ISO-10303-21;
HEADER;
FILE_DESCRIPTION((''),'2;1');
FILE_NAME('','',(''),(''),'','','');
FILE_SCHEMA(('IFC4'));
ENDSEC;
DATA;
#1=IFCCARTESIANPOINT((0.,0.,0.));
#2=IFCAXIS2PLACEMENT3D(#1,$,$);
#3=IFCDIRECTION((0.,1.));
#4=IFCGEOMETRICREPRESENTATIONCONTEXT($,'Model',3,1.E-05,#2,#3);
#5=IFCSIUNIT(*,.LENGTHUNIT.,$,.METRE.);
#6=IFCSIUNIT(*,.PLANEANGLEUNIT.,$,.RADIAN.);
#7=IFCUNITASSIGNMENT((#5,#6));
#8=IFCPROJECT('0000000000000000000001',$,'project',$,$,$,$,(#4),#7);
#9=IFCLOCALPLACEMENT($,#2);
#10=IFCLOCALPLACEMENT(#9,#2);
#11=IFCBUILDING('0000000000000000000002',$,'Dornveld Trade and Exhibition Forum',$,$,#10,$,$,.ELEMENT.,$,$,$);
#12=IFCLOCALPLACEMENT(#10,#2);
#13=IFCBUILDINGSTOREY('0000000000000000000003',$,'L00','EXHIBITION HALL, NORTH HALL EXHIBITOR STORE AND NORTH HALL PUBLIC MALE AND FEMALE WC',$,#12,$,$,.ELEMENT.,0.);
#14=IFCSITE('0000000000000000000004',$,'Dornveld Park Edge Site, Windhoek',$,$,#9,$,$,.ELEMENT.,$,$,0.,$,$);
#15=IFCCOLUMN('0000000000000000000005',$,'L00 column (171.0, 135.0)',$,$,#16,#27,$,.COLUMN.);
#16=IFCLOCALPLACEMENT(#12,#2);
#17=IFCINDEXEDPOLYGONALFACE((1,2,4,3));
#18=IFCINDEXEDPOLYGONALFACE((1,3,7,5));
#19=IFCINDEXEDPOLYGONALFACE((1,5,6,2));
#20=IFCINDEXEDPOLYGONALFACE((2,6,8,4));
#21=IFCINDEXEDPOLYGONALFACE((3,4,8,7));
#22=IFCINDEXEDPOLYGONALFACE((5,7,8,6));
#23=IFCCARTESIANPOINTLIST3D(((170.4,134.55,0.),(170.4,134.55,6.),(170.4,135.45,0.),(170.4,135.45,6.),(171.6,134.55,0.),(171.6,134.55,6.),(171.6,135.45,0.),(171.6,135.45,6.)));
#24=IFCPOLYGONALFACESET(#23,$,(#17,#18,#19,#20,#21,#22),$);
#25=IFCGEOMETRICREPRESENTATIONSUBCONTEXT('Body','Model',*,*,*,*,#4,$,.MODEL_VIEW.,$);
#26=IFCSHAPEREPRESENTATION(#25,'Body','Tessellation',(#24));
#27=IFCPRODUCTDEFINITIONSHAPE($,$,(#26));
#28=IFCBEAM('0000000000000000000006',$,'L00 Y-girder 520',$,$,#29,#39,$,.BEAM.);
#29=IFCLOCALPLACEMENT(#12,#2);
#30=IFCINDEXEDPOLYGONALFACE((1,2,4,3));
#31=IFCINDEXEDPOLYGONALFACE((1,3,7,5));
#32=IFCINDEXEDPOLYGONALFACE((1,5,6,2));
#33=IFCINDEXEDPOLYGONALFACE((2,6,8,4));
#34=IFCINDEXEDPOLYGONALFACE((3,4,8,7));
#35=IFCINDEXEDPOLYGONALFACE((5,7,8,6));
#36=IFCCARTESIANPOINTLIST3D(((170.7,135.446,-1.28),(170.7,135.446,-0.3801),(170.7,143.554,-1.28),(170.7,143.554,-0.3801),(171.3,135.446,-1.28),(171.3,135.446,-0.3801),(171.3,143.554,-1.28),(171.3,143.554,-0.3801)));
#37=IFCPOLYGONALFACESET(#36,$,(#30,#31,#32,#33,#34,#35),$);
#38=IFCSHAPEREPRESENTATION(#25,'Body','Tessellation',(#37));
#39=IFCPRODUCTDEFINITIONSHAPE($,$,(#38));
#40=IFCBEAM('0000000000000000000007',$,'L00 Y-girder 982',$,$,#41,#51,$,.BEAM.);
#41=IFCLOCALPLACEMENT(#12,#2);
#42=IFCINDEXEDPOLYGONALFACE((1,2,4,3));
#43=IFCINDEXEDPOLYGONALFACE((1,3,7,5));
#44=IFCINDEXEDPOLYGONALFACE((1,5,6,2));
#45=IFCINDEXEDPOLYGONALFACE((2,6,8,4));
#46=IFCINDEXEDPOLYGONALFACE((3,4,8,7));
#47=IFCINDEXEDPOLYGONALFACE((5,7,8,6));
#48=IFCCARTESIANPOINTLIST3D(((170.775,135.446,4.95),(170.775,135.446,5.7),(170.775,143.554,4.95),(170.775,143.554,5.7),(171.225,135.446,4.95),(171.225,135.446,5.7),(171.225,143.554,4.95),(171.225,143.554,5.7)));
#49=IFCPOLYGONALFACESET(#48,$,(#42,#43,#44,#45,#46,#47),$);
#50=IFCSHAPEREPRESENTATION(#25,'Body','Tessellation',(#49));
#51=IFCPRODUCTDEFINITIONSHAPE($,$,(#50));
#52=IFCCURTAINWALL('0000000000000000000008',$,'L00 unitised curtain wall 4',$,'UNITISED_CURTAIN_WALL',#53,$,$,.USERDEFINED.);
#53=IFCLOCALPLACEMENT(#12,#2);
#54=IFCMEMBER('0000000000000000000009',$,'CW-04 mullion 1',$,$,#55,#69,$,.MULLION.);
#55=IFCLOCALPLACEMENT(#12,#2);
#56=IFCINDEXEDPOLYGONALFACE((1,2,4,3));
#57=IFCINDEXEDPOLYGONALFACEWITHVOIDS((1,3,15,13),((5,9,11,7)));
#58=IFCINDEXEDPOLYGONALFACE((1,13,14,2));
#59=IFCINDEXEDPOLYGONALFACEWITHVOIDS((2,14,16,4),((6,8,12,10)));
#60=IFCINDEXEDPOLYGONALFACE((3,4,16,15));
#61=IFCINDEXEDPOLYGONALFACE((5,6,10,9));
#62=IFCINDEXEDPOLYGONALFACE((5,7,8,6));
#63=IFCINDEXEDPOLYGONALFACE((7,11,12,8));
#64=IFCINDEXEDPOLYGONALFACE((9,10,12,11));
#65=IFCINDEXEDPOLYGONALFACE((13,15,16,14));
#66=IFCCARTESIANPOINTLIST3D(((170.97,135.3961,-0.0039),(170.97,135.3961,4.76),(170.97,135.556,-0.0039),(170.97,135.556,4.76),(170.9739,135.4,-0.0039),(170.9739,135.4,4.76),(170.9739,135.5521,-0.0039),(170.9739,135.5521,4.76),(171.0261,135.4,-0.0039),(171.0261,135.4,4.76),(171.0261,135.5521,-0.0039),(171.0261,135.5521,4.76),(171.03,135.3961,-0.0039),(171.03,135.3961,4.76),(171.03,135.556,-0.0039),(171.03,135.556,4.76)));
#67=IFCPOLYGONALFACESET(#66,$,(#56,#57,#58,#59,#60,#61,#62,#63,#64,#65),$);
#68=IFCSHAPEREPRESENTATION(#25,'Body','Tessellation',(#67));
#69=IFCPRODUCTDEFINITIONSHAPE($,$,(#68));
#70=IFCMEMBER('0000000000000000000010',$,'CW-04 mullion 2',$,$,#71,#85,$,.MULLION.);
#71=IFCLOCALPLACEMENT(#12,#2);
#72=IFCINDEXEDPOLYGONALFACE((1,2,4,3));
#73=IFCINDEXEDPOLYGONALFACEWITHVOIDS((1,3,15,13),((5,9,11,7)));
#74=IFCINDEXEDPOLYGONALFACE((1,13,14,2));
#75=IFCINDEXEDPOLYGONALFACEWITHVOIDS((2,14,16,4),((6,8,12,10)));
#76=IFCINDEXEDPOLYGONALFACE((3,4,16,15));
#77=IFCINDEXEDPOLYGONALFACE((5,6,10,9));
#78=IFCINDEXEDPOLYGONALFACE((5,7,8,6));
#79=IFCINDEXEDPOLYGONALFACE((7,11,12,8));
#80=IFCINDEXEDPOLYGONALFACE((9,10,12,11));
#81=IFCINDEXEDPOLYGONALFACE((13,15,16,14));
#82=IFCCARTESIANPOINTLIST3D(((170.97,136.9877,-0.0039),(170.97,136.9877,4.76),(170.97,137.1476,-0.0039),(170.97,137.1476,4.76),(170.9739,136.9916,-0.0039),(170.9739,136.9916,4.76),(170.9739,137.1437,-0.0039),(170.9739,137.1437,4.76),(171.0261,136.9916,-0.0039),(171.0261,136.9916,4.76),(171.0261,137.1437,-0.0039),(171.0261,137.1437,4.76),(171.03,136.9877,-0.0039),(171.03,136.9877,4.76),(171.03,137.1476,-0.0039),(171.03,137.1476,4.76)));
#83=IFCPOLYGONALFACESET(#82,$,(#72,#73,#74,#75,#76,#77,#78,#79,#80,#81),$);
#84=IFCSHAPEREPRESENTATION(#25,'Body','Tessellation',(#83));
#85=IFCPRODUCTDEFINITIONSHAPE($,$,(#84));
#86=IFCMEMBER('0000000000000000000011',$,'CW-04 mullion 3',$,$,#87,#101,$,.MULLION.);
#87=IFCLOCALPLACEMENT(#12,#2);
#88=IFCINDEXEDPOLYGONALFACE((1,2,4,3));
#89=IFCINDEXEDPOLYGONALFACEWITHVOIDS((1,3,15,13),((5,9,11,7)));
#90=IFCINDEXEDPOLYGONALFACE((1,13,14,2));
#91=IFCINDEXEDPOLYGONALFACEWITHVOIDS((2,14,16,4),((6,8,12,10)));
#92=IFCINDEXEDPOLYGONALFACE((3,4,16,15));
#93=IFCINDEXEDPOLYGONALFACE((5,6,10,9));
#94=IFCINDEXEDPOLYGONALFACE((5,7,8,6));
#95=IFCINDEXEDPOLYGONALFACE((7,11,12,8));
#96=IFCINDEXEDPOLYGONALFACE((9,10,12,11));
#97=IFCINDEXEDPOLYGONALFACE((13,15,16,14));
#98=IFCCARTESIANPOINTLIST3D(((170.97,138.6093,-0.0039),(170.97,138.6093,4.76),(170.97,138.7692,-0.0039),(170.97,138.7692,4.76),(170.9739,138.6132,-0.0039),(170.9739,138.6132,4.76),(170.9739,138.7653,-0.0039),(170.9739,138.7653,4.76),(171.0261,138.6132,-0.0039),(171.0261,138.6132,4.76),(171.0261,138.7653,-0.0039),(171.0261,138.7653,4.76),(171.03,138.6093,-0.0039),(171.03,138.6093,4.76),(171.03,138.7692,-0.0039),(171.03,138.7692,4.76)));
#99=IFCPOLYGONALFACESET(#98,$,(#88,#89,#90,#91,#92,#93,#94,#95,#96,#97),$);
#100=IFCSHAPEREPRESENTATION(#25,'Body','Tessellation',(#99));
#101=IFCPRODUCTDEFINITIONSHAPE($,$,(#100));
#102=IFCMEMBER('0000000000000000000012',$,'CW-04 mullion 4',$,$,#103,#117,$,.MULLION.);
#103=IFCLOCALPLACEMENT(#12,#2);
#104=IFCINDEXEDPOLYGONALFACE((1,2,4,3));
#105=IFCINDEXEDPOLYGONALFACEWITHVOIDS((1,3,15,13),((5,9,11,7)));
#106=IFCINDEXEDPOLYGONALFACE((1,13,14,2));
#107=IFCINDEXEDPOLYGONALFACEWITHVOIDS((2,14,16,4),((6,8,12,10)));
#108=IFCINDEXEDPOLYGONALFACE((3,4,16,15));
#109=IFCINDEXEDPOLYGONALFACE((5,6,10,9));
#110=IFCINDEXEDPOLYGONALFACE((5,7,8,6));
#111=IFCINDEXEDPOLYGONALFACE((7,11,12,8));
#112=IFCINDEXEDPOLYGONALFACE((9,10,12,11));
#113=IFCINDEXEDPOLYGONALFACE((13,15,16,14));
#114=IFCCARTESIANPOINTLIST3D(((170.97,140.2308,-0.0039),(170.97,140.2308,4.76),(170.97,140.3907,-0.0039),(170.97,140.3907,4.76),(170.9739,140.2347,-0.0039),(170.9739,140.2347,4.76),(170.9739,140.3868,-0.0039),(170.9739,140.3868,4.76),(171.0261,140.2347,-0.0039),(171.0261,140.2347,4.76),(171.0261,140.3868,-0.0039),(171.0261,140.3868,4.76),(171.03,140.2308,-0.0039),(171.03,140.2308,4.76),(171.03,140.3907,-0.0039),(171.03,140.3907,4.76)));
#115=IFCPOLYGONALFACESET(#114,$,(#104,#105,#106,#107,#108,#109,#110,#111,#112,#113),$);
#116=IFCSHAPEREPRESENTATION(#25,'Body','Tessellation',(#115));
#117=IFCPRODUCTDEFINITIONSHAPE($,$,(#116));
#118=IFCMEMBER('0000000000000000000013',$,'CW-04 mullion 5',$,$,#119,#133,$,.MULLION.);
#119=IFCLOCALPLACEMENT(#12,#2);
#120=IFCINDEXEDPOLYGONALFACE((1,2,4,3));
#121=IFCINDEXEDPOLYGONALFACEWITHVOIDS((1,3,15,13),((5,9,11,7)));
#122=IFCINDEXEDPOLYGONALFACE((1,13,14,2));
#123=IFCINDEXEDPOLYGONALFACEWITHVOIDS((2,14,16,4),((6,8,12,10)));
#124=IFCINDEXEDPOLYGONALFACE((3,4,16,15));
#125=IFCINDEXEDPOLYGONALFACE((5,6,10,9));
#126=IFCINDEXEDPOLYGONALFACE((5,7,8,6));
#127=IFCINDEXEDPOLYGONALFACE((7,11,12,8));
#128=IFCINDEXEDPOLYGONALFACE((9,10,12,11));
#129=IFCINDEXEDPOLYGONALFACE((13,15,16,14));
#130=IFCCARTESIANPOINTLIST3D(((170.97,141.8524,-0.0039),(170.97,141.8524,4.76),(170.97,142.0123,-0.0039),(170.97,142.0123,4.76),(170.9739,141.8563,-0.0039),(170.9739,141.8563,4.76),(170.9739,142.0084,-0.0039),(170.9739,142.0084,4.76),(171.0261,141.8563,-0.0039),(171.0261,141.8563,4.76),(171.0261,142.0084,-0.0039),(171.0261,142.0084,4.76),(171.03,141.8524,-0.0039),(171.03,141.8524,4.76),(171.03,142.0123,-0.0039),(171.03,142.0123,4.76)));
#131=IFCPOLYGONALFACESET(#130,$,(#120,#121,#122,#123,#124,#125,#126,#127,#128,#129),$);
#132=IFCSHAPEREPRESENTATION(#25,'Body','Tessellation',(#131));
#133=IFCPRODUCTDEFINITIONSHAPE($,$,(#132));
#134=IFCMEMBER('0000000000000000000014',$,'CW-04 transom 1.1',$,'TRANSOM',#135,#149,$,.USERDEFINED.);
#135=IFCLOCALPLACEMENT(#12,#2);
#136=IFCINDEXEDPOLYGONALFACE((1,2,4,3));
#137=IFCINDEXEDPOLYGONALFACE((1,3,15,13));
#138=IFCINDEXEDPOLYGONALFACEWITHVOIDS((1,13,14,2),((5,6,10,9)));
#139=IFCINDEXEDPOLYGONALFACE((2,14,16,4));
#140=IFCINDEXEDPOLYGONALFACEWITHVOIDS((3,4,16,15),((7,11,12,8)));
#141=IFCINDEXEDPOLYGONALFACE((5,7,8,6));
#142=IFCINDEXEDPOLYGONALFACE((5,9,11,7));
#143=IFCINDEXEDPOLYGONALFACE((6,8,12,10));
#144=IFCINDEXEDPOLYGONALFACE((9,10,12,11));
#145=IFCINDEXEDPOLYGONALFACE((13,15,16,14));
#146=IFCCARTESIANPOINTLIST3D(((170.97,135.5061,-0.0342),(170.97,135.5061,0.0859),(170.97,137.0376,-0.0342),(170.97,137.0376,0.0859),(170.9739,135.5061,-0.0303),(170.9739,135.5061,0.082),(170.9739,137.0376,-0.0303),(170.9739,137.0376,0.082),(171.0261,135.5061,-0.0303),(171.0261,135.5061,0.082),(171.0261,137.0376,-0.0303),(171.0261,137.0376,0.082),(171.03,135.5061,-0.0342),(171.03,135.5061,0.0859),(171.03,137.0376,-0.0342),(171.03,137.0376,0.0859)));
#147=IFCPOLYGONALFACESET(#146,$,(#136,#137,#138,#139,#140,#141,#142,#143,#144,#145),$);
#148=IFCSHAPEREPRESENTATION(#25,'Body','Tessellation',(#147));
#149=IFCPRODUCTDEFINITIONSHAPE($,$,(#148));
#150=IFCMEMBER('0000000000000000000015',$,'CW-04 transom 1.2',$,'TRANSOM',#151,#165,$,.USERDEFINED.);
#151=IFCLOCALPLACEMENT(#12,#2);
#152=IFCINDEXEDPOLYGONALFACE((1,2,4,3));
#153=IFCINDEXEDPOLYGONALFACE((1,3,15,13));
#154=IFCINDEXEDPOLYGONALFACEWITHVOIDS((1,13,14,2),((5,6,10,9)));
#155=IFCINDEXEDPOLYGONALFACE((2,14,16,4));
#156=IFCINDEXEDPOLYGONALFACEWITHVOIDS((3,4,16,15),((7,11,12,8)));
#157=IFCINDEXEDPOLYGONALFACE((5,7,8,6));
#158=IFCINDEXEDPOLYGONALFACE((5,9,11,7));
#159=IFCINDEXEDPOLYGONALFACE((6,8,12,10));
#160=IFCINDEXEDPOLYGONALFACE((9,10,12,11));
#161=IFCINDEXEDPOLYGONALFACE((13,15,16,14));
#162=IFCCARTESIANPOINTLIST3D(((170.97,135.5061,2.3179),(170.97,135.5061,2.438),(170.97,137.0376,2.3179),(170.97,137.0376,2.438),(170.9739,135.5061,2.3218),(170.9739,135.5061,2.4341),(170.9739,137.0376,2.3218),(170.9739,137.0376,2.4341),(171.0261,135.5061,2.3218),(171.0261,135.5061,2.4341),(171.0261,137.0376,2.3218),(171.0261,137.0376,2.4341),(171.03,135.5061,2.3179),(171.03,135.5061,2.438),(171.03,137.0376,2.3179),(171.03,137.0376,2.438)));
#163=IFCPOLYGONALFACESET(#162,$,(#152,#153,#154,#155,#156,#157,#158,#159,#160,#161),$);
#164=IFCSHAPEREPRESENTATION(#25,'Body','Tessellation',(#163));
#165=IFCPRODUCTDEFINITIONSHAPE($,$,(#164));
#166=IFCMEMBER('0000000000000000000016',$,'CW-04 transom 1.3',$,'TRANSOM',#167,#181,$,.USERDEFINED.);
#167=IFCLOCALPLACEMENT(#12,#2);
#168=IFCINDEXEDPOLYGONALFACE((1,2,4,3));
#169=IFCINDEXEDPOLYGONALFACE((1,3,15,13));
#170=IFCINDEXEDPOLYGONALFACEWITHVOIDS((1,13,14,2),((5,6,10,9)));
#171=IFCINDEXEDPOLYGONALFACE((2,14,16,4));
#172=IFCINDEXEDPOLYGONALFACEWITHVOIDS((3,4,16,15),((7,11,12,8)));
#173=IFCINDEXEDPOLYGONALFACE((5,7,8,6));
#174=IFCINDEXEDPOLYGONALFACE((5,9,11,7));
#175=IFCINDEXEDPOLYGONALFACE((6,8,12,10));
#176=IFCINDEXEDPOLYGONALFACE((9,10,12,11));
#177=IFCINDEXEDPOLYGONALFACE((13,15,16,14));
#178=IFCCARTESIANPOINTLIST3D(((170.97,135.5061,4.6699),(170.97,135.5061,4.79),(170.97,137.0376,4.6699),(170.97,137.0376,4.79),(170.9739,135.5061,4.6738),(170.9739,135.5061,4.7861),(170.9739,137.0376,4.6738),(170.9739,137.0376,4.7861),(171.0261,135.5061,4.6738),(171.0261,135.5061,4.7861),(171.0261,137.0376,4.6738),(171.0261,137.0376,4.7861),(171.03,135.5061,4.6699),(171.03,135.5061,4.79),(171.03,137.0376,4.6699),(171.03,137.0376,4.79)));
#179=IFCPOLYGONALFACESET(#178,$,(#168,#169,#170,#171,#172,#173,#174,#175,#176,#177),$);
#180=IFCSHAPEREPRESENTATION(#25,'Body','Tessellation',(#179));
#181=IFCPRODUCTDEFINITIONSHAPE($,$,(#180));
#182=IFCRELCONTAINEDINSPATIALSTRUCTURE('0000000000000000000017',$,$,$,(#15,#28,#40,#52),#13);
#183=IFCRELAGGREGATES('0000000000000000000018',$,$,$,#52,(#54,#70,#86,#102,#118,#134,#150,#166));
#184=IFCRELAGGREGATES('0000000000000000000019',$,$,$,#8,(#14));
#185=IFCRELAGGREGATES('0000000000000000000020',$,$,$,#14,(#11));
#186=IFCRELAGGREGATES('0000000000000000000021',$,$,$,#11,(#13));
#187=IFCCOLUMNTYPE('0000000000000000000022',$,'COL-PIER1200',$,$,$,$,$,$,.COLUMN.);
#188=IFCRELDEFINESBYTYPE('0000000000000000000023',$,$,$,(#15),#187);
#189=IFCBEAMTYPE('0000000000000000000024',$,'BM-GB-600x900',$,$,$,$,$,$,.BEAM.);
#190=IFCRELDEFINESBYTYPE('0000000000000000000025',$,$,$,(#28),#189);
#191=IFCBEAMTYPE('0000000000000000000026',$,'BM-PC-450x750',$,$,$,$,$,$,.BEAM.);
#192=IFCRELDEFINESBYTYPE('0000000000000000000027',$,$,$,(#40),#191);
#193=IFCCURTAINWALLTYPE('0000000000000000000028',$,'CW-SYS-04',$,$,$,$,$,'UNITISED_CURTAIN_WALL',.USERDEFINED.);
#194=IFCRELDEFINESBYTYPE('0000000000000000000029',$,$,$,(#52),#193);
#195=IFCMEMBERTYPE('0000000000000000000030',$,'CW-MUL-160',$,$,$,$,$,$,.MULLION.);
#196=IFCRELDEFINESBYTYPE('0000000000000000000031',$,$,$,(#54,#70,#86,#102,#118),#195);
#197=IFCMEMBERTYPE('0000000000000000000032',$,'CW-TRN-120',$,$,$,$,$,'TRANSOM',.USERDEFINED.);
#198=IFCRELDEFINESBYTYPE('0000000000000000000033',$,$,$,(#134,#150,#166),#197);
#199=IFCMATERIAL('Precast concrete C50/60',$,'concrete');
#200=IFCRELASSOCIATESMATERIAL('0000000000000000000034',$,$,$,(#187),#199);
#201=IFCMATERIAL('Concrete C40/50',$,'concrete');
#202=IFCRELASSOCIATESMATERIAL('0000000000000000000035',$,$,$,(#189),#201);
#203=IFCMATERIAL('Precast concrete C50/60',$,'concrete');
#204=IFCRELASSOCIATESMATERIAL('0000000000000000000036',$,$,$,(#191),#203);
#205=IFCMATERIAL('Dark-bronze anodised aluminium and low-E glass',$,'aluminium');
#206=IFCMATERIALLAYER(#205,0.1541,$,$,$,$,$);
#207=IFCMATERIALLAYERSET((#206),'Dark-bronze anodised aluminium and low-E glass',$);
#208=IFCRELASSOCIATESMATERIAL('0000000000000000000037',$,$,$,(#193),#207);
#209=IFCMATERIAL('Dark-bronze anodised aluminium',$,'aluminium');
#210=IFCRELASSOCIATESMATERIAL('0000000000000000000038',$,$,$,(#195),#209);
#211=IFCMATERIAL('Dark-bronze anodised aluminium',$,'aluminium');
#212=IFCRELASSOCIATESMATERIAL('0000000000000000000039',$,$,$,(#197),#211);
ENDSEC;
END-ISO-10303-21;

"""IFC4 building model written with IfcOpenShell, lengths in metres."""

from ifc_helpers import new_model, si_unit, direction, frame, origin, origin_2d, place, context, subcontext, project, spatial, rectangle, hollow_rectangle, extrude, material, layer, layer_set, material_profile, profile_set, type_object, element, aggregate, save


model = new_model("IFC4")

# Units and contexts
model_context = context("Model", 3, precision=1e-05, world=origin(), true_north=direction((0.0, 1.0)))
body_context = subcontext(model_context, "Body", "Model", "MODEL_VIEW")
ifc_project = project(units=[si_unit("LENGTHUNIT", "METRE"), si_unit("PLANEANGLEUNIT", "RADIAN")], contexts=[model_context])

# Site, building, storey
site_placement = place(None, origin())
site = spatial("IfcSite", under=ifc_project, at=site_placement, Name="Dornveld Park Edge Site, Windhoek", CompositionType="ELEMENT", RefElevation=0.0)
building_placement = place(site_placement, origin())
building = spatial("IfcBuilding", under=site, at=building_placement, Name="Dornveld Trade and Exhibition Forum", CompositionType="ELEMENT")
storey_placement = place(building_placement, origin())
storey = spatial("IfcBuildingStorey", under=building, at=storey_placement, Name="L00", Description="EXHIBITION HALL, NORTH HALL EXHIBITOR STORE AND NORTH HALL PUBLIC MALE AND FEMALE WC", CompositionType="ELEMENT", Elevation=0.0)

# Column
ifc_material_1 = material(Name="Precast concrete C50/60", Category="concrete")
ifc_material_profile_1 = material_profile(ifc_material_1, rectangle(XDim=1.2, YDim=0.8999, at=origin_2d()), Name="PC-PIER 1200x900")
ifc_profile_set_1 = profile_set([ifc_material_profile_1], Name="Precast concrete C50/60")
column_type = type_object("IfcColumnType", Name="COL-PIER1200", PredefinedType="COLUMN", material=ifc_profile_set_1)
column_placement = place(storey_placement, frame((171.0, 135.0, 0.0), z_axis=(0.0, 0.0, 1.0), x_axis=(1.0, 0.0, 0.0)))
element("IfcColumn", 1, at=column_placement, inside=storey, type_object=column_type, Name="L00 column (171.0, 135.0)", PredefinedType="COLUMN", context=body_context, shape_type="SweptSolid", body=[
    extrude(rectangle(XDim=1.2, YDim=0.8999, at=origin_2d()), origin(), (0.0, 0.0, 1.0), 6.0),
])

# Beams
ifc_material_2 = material(Name="Concrete C40/50", Category="concrete")
ifc_material_profile_2 = material_profile(ifc_material_2, rectangle(XDim=0.6001, YDim=0.8999, at=origin_2d()), Name="RC-GB 600x900")
ifc_profile_set_2 = profile_set([ifc_material_profile_2], Name="Concrete C40/50")
beam_type_1 = type_object("IfcBeamType", Name="BM-GB-600x900", PredefinedType="BEAM", material=ifc_profile_set_2)
beam_1_placement = place(storey_placement, frame((171.0, 135.446, -0.8301), z_axis=(0.0, 1.0, 0.0), x_axis=(-1.0, 0.0, 0.0)))
element("IfcBeam", 2, at=beam_1_placement, inside=storey, type_object=beam_type_1, Name="L00 Y-girder 520", PredefinedType="BEAM", context=body_context, shape_type="SweptSolid", body=[
    extrude(rectangle(XDim=0.6001, YDim=0.8999, at=origin_2d()), origin(), (0.0, 0.0, 1.0), 8.1079),
])
ifc_material_3 = material(Name="Precast concrete C50/60", Category="concrete")
ifc_material_profile_3 = material_profile(ifc_material_3, rectangle(XDim=0.45, YDim=0.75, at=origin_2d()), Name="PC-BM 450x750")
ifc_profile_set_3 = profile_set([ifc_material_profile_3], Name="Precast concrete C50/60")
beam_type_2 = type_object("IfcBeamType", Name="BM-PC-450x750", PredefinedType="BEAM", material=ifc_profile_set_3)
beam_2_placement = place(storey_placement, frame((171.0, 135.446, 5.325), z_axis=(0.0, 1.0, 0.0), x_axis=(-1.0, 0.0, 0.0)))
element("IfcBeam", 3, at=beam_2_placement, inside=storey, type_object=beam_type_2, Name="L00 Y-girder 982", PredefinedType="BEAM", context=body_context, shape_type="SweptSolid", body=[
    extrude(rectangle(XDim=0.45, YDim=0.75, at=origin_2d()), origin(), (0.0, 0.0, 1.0), 8.1079),
])

# Curtain wall, members
ifc_material_4 = material(Name="Dark-bronze anodised aluminium and low-E glass", Category="aluminium")
ifc_layer_1 = layer(ifc_material_4, 0.1541)
ifc_layer_set_1 = layer_set([ifc_layer_1], Name="Dark-bronze anodised aluminium and low-E glass")
curtain_wall_type = type_object("IfcCurtainWallType", Name="CW-SYS-04", ElementType="UNITISED_CURTAIN_WALL", PredefinedType="USERDEFINED", material=ifc_layer_set_1)
curtain_wall_placement = place(storey_placement, origin())
curtain_wall = element("IfcCurtainWall", 4, at=curtain_wall_placement, inside=storey, type_object=curtain_wall_type, Name="L00 unitised curtain wall 4", ObjectType="UNITISED_CURTAIN_WALL", PredefinedType="USERDEFINED")
ifc_material_5 = material(Name="Dark-bronze anodised aluminium", Category="aluminium")
ifc_material_profile_4 = material_profile(ifc_material_5, hollow_rectangle(XDim=0.0601, YDim=0.1599, WallThickness=0.0039, at=origin_2d()), Name="RHS 160x60x4")
ifc_profile_set_4 = profile_set([ifc_material_profile_4], Name="Dark-bronze anodised aluminium")
member_type_1 = type_object("IfcMemberType", Name="CW-MUL-160", PredefinedType="MULLION", material=ifc_profile_set_4)
member_1_placement = place(storey_placement, frame((171.0, 135.4761, -0.0039), z_axis=(0.0, 0.0, 1.0), x_axis=(-1.0, 0.0, 0.0)))
member_1 = element("IfcMember", 5, at=member_1_placement, type_object=member_type_1, Name="CW-04 mullion 1", PredefinedType="MULLION", context=body_context, shape_type="SweptSolid", body=[
    extrude(hollow_rectangle(XDim=0.0601, YDim=0.1599, WallThickness=0.0039, at=origin_2d()), origin(), (0.0, 0.0, 1.0), 4.7639),
])
member_2_placement = place(storey_placement, frame((171.0, 137.0676, -0.0039), z_axis=(0.0, 0.0, 1.0), x_axis=(-1.0, 0.0, 0.0)))
member_2 = element("IfcMember", 6, at=member_2_placement, type_object=member_type_1, Name="CW-04 mullion 2", PredefinedType="MULLION", context=body_context, shape_type="SweptSolid", body=[
    extrude(hollow_rectangle(XDim=0.0601, YDim=0.1599, WallThickness=0.0039, at=origin_2d()), origin(), (0.0, 0.0, 1.0), 4.7639),
])
member_3_placement = place(storey_placement, frame((171.0, 138.6892, -0.0039), z_axis=(0.0, 0.0, 1.0), x_axis=(-1.0, 0.0, 0.0)))
member_3 = element("IfcMember", 7, at=member_3_placement, type_object=member_type_1, Name="CW-04 mullion 3", PredefinedType="MULLION", context=body_context, shape_type="SweptSolid", body=[
    extrude(hollow_rectangle(XDim=0.0601, YDim=0.1599, WallThickness=0.0039, at=origin_2d()), origin(), (0.0, 0.0, 1.0), 4.7639),
])
member_4_placement = place(storey_placement, frame((171.0, 140.3108, -0.0039), z_axis=(0.0, 0.0, 1.0), x_axis=(-1.0, 0.0, 0.0)))
member_4 = element("IfcMember", 8, at=member_4_placement, type_object=member_type_1, Name="CW-04 mullion 4", PredefinedType="MULLION", context=body_context, shape_type="SweptSolid", body=[
    extrude(hollow_rectangle(XDim=0.0601, YDim=0.1599, WallThickness=0.0039, at=origin_2d()), origin(), (0.0, 0.0, 1.0), 4.7639),
])
member_5_placement = place(storey_placement, frame((171.0, 141.9324, -0.0039), z_axis=(0.0, 0.0, 1.0), x_axis=(-1.0, 0.0, 0.0)))
member_5 = element("IfcMember", 9, at=member_5_placement, type_object=member_type_1, Name="CW-04 mullion 5", PredefinedType="MULLION", context=body_context, shape_type="SweptSolid", body=[
    extrude(hollow_rectangle(XDim=0.0601, YDim=0.1599, WallThickness=0.0039, at=origin_2d()), origin(), (0.0, 0.0, 1.0), 4.7639),
])
ifc_material_6 = material(Name="Dark-bronze anodised aluminium", Category="aluminium")
ifc_material_profile_5 = material_profile(ifc_material_6, hollow_rectangle(XDim=0.0601, YDim=0.1201, WallThickness=0.0039, at=origin_2d()), Name="RHS 120x60x4")
ifc_profile_set_5 = profile_set([ifc_material_profile_5], Name="Dark-bronze anodised aluminium")
member_type_2 = type_object("IfcMemberType", Name="CW-TRN-120", ElementType="TRANSOM", PredefinedType="USERDEFINED", material=ifc_profile_set_5)
member_6_placement = place(storey_placement, frame((171.0, 135.5061, 0.0259), z_axis=(0.0, 1.0, 0.0), x_axis=(-1.0, 0.0, 0.0)))
member_6 = element("IfcMember", 10, at=member_6_placement, type_object=member_type_2, Name="CW-04 transom 1.1", ObjectType="TRANSOM", PredefinedType="USERDEFINED", context=body_context, shape_type="SweptSolid", body=[
    extrude(hollow_rectangle(XDim=0.0601, YDim=0.1201, WallThickness=0.0039, at=origin_2d()), origin(), (0.0, 0.0, 1.0), 1.5315),
])
member_7_placement = place(storey_placement, frame((171.0, 135.5061, 2.3779), z_axis=(0.0, 1.0, 0.0), x_axis=(-1.0, 0.0, 0.0)))
member_7 = element("IfcMember", 11, at=member_7_placement, type_object=member_type_2, Name="CW-04 transom 1.2", ObjectType="TRANSOM", PredefinedType="USERDEFINED", context=body_context, shape_type="SweptSolid", body=[
    extrude(hollow_rectangle(XDim=0.0601, YDim=0.1201, WallThickness=0.0039, at=origin_2d()), origin(), (0.0, 0.0, 1.0), 1.5315),
])
member_8_placement = place(storey_placement, frame((171.0, 135.5061, 4.73), z_axis=(0.0, 1.0, 0.0), x_axis=(-1.0, 0.0, 0.0)))
member_8 = element("IfcMember", 12, at=member_8_placement, type_object=member_type_2, Name="CW-04 transom 1.3", ObjectType="TRANSOM", PredefinedType="USERDEFINED", context=body_context, shape_type="SweptSolid", body=[
    extrude(hollow_rectangle(XDim=0.0601, YDim=0.1201, WallThickness=0.0039, at=origin_2d()), origin(), (0.0, 0.0, 1.0), 1.5315),
])
aggregate(curtain_wall, [member_1, member_2, member_3, member_4, member_5, member_6, member_7, member_8])

save(model, "model.ifc")
